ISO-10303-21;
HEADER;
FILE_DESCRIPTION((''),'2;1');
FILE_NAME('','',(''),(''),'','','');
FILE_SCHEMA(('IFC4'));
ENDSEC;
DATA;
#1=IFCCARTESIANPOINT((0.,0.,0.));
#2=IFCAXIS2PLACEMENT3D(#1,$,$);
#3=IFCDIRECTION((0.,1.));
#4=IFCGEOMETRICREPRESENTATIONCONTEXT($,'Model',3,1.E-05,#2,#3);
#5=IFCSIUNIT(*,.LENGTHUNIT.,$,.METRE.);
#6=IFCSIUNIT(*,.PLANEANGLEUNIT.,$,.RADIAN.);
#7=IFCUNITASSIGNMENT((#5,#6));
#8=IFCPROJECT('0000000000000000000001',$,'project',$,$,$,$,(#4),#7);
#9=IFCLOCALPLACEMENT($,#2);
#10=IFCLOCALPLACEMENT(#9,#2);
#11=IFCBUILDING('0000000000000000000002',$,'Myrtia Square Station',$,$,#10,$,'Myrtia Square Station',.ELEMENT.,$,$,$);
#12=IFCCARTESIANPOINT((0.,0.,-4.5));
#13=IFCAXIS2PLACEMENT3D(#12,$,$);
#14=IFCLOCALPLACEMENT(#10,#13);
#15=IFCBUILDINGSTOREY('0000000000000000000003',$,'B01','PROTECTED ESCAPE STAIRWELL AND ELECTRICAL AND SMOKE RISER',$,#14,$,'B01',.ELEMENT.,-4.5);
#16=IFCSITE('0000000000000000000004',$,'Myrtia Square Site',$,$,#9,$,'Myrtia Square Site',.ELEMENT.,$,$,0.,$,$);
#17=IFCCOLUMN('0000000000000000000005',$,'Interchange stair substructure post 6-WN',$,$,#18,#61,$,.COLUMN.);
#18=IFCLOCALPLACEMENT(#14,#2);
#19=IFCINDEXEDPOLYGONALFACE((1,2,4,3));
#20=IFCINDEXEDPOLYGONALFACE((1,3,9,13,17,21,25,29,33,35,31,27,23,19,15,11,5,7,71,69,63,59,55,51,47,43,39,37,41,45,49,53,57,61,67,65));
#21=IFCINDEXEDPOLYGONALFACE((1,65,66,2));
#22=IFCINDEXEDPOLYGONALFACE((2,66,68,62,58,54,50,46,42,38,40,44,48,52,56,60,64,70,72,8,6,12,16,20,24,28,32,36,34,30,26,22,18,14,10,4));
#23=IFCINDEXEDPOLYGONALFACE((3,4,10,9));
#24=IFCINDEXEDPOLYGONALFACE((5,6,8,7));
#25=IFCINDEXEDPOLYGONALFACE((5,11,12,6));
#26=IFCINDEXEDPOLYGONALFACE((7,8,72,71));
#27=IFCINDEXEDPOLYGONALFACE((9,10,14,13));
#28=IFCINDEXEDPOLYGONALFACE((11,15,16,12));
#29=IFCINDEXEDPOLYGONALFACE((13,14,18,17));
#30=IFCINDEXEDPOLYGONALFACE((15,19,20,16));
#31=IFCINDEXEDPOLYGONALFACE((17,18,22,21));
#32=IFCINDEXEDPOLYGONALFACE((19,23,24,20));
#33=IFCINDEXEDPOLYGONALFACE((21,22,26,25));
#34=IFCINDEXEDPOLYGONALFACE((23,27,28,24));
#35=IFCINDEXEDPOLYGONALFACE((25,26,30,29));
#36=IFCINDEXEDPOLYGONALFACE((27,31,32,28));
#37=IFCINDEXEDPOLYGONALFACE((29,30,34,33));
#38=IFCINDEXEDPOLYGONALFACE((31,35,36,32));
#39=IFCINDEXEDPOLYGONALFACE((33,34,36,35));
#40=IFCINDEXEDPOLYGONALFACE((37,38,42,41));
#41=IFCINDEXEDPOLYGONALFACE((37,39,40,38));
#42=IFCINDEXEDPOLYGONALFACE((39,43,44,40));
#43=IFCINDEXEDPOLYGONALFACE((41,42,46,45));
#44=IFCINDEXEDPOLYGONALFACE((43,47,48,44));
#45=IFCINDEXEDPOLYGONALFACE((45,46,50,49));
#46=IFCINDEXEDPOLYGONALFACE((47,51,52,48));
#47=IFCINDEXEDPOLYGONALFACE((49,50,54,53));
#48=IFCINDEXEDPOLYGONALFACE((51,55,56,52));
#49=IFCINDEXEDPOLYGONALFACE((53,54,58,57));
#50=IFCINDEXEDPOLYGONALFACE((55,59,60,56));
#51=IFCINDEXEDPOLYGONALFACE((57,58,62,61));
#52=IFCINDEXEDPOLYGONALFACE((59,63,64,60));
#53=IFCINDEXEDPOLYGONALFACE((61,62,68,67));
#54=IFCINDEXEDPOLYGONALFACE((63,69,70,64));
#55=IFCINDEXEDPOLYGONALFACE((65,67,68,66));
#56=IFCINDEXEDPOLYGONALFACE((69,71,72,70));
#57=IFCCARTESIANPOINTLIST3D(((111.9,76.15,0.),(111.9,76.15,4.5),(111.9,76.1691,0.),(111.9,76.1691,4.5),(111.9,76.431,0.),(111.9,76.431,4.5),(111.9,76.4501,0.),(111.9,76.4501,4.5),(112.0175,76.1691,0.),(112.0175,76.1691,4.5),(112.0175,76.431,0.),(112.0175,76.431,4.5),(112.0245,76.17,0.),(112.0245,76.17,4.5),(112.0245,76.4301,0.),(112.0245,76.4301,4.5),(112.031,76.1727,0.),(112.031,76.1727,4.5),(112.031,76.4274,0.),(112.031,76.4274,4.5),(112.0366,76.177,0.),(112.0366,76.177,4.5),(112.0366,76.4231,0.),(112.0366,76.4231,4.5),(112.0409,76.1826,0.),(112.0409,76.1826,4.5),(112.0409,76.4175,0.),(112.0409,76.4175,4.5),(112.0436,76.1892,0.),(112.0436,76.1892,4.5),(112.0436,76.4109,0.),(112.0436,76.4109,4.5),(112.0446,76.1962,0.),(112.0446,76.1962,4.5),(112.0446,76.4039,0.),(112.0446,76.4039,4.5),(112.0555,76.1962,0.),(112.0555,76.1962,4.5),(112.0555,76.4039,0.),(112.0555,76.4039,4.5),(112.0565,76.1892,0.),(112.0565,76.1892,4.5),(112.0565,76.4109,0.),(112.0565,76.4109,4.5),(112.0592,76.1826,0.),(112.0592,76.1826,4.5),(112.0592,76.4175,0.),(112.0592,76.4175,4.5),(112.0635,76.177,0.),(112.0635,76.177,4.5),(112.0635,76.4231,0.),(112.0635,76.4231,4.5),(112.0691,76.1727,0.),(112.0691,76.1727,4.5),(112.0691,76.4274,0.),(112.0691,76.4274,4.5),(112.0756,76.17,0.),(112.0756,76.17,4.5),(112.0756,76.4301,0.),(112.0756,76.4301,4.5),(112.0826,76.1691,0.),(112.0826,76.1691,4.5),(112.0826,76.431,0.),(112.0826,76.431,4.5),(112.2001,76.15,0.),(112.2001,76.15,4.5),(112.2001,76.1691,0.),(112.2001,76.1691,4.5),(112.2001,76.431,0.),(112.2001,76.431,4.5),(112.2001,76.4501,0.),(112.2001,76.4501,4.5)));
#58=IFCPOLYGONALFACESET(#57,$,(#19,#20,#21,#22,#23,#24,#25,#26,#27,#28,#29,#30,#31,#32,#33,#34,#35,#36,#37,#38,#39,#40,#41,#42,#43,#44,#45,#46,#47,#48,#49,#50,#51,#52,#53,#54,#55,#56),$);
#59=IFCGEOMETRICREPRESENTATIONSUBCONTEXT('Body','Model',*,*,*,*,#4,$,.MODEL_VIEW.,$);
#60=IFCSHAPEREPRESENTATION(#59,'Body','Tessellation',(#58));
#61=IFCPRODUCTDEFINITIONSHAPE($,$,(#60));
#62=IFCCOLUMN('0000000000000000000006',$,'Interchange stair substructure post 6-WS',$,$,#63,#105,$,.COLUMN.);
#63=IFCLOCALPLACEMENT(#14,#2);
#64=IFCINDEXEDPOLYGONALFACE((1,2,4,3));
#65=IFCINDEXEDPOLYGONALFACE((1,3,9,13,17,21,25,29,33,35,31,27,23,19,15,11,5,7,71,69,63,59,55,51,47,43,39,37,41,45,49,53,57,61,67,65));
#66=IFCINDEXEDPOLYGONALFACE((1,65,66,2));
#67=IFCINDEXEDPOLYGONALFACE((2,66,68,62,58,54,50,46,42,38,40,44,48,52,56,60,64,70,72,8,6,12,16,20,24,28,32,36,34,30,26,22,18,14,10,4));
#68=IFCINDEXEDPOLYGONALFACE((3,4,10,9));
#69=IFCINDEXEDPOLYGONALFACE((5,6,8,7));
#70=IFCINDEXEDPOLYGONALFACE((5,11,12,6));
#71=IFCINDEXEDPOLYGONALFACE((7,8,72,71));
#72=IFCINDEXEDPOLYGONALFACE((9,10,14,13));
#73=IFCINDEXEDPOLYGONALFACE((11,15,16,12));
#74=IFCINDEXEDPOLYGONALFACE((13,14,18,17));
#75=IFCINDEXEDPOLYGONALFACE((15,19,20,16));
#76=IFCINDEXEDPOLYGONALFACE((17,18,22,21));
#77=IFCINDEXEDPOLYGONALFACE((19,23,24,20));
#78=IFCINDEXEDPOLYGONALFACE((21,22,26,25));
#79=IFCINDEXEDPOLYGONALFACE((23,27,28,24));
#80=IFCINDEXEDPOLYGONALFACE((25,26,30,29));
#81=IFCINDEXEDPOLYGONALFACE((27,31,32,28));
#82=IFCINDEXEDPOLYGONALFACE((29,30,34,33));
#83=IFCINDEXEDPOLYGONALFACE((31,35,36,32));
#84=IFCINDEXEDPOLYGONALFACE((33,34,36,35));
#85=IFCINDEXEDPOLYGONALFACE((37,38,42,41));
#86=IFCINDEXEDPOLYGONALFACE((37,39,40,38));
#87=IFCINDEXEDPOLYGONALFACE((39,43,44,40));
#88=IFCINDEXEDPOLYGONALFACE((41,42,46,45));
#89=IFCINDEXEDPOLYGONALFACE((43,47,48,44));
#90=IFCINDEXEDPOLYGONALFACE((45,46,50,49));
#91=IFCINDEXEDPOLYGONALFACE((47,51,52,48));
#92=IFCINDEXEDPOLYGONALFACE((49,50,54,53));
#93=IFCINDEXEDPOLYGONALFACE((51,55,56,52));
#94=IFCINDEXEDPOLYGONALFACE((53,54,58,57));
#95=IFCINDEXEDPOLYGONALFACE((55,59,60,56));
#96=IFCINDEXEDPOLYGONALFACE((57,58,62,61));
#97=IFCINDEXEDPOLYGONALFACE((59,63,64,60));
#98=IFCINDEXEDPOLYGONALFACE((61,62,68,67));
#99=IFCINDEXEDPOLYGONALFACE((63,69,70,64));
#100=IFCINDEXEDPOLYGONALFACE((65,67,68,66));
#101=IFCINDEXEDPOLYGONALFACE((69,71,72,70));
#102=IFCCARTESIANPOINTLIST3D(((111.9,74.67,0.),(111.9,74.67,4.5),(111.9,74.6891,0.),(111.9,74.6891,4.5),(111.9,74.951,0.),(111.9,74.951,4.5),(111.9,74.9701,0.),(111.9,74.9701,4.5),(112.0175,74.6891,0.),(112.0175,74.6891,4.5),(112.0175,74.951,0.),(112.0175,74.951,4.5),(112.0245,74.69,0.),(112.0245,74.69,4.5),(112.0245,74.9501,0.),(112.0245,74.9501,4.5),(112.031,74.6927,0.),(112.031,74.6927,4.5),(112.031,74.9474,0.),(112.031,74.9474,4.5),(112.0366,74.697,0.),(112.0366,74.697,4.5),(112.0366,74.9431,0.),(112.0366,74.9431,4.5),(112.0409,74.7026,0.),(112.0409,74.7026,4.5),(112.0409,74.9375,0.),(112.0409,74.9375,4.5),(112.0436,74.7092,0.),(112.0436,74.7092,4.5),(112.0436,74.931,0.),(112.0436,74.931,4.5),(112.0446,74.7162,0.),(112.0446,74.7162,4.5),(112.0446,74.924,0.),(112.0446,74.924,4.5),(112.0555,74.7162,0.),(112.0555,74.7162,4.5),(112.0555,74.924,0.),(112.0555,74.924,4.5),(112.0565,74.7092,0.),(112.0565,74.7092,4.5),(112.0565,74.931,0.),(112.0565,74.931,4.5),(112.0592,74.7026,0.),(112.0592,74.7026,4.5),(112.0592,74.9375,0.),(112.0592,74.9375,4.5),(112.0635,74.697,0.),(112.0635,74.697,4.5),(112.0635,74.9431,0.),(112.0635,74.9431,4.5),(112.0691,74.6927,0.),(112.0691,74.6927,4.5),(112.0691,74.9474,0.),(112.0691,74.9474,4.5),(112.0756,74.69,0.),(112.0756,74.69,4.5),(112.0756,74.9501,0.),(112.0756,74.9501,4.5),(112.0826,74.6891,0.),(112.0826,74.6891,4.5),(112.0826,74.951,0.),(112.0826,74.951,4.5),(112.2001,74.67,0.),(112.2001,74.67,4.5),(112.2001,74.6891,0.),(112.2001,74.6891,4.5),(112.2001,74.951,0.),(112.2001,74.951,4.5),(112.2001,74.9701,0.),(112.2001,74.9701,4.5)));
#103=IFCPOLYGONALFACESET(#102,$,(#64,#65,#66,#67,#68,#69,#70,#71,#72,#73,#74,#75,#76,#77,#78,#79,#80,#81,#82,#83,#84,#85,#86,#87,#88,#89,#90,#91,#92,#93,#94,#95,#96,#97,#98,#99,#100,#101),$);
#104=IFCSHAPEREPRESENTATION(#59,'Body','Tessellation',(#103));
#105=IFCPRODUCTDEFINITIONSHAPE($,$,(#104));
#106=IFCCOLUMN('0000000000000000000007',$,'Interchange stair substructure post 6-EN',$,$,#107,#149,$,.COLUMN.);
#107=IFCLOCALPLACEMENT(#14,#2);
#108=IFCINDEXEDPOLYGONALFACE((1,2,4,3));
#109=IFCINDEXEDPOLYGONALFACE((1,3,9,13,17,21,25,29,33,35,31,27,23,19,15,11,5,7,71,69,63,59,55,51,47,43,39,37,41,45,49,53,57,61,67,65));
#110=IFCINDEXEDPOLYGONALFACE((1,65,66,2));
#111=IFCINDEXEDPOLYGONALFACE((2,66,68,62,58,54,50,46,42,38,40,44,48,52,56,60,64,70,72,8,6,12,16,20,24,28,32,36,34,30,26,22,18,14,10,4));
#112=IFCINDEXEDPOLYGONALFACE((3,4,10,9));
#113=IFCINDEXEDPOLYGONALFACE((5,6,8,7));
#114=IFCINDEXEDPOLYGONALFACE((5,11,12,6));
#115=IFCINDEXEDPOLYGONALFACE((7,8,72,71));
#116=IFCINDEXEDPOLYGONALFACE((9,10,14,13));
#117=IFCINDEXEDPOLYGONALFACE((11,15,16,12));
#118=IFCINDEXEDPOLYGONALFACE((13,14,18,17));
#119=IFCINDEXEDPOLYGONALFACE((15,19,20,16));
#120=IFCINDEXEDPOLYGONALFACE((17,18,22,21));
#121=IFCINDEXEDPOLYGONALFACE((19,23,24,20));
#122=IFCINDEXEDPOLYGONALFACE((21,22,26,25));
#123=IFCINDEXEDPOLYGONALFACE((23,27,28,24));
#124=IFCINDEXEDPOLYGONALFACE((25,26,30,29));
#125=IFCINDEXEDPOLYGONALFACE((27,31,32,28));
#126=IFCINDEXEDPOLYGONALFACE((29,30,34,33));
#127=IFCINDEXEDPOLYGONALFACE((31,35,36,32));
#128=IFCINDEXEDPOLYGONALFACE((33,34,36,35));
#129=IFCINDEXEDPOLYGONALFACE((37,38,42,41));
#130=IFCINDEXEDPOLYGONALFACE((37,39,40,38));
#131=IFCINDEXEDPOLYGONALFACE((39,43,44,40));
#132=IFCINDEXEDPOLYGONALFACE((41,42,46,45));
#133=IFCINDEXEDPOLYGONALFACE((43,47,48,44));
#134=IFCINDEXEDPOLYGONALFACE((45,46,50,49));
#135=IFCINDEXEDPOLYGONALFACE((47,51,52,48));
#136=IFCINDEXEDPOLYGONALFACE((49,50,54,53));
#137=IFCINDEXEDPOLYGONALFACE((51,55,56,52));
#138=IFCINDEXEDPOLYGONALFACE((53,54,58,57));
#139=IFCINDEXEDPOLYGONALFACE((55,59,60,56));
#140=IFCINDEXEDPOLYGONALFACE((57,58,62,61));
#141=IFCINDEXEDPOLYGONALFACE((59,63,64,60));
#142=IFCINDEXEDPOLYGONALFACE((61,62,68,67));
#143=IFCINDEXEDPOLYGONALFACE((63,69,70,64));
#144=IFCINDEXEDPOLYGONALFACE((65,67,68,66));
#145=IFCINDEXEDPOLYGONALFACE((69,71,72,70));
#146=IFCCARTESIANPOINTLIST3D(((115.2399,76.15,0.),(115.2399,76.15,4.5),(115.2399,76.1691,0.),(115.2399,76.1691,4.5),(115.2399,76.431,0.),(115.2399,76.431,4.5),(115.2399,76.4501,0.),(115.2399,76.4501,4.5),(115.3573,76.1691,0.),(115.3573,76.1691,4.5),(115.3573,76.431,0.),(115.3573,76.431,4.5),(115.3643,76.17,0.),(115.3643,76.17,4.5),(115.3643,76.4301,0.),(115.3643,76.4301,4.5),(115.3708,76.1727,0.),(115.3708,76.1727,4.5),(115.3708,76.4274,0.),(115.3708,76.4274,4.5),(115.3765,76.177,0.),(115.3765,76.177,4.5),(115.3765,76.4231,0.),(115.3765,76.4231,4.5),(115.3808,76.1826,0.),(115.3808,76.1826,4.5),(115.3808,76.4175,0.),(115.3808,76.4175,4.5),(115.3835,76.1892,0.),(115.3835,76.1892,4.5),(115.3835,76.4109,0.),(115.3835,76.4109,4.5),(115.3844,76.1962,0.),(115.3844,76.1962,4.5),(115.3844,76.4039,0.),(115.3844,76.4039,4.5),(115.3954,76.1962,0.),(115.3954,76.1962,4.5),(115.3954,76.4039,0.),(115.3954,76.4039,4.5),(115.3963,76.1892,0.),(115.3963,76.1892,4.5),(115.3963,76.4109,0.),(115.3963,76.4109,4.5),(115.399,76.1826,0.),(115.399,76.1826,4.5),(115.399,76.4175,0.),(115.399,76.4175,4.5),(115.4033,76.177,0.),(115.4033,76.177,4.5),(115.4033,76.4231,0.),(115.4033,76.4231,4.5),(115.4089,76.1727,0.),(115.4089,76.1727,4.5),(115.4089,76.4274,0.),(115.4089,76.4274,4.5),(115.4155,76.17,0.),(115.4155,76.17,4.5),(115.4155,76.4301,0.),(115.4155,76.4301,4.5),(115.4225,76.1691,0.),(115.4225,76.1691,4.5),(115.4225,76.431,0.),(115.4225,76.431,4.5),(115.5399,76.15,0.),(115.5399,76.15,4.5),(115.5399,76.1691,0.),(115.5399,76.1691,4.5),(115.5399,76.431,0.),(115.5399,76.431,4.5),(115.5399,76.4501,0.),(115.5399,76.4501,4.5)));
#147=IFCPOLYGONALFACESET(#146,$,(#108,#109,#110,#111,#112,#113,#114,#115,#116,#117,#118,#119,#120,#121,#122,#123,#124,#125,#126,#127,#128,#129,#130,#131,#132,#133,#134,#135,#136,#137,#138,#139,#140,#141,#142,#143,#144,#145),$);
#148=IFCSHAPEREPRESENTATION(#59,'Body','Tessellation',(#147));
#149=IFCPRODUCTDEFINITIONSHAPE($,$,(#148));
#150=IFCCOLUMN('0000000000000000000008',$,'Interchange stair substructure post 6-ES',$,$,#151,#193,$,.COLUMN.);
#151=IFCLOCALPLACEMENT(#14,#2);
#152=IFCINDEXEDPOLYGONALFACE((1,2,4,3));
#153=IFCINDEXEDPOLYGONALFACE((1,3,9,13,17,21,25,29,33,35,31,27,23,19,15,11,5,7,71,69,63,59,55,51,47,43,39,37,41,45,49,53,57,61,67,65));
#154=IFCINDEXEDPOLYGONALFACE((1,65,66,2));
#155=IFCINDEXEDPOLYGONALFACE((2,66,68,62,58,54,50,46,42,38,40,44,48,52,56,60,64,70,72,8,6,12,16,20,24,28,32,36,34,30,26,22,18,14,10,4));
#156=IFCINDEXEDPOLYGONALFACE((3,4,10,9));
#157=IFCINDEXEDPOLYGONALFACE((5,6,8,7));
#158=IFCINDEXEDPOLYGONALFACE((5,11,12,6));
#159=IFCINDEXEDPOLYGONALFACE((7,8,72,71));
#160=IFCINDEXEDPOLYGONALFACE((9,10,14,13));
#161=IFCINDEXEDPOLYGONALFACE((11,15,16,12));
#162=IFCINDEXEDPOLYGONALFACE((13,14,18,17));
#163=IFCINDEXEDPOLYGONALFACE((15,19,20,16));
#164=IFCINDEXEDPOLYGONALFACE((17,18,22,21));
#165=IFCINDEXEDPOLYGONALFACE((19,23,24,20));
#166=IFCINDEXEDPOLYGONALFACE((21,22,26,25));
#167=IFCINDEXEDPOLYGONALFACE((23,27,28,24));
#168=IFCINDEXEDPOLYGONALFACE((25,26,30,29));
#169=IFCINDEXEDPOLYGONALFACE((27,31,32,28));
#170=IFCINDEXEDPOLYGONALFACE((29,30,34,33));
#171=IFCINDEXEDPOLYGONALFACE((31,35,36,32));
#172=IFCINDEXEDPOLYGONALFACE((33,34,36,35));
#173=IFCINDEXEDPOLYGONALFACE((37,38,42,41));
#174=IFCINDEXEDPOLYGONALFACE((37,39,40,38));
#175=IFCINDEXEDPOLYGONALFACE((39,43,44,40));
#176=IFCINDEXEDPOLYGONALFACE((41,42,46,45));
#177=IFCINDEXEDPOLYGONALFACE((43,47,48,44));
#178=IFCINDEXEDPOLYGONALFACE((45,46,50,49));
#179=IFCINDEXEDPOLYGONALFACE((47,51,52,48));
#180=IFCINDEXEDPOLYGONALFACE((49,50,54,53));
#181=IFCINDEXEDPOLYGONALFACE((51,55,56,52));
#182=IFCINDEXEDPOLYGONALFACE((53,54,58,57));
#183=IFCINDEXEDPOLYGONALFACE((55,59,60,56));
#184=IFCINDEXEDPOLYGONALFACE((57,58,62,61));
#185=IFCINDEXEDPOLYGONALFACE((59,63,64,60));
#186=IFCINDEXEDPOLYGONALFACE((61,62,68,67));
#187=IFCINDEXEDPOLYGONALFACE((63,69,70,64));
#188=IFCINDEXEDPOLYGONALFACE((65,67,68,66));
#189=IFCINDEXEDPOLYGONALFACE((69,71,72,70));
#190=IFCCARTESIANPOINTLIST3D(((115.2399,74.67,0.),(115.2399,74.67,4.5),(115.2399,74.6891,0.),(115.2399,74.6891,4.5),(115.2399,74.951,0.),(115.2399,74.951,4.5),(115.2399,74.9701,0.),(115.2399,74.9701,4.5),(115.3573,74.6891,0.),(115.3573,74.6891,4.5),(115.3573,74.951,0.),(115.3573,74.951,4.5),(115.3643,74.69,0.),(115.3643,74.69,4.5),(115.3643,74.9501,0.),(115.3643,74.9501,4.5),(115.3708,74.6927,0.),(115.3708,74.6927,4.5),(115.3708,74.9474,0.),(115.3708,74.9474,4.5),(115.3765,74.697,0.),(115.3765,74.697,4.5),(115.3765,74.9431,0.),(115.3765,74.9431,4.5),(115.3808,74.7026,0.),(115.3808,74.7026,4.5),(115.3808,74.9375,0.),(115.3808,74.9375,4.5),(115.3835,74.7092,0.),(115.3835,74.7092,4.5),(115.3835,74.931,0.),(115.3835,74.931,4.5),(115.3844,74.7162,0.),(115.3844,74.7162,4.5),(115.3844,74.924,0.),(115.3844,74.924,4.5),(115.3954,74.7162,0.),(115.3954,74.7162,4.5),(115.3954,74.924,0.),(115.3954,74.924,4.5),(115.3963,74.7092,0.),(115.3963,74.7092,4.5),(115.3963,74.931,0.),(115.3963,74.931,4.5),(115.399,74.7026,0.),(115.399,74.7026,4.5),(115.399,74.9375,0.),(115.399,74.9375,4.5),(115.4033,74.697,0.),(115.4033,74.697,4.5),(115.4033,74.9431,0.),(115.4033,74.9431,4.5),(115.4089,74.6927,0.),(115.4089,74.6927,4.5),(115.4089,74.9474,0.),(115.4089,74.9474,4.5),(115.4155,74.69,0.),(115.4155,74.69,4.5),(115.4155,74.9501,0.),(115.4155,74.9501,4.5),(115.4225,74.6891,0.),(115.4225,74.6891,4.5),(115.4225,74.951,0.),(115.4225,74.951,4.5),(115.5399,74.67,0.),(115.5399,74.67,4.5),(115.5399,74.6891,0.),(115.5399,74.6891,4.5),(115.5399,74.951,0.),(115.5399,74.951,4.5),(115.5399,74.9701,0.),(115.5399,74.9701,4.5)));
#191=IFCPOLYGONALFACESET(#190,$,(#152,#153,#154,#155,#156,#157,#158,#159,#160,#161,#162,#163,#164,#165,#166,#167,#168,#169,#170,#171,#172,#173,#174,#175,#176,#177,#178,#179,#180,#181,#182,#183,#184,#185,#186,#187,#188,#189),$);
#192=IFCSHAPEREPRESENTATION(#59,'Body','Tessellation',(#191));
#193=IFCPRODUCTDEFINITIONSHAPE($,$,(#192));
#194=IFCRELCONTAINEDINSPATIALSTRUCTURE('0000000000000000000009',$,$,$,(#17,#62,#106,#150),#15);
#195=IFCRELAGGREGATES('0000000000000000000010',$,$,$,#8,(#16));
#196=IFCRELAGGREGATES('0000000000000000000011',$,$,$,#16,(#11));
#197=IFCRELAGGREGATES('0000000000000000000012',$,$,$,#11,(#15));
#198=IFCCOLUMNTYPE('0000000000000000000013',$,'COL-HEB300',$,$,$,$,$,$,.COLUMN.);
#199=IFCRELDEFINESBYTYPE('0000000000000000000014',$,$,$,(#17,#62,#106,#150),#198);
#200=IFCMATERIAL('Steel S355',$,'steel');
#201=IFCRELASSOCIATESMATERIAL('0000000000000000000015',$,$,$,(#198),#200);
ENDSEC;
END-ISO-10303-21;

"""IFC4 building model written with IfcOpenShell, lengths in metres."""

from ifc_helpers import new_model, si_unit, direction, frame, origin, origin_2d, place, context, subcontext, project, spatial, i_section, extrude, material, material_profile, profile_set, type_object, element, save


model = new_model("IFC4")

# Units and contexts
model_context = context("Model", 3, precision=1e-05, world=origin(), true_north=direction((0.0, 1.0)))
body_context = subcontext(model_context, "Body", "Model", "MODEL_VIEW")
ifc_project = project(units=[si_unit("LENGTHUNIT", "METRE"), si_unit("PLANEANGLEUNIT", "RADIAN")], contexts=[model_context])

# Site, building, storey
site_placement = place(None, origin())
site = spatial("IfcSite", under=ifc_project, at=site_placement, Name="Myrtia Square Site", LongName="Myrtia Square Site", CompositionType="ELEMENT", RefElevation=0.0)
building_placement = place(site_placement, origin())
building = spatial("IfcBuilding", under=site, at=building_placement, Name="Myrtia Square Station", LongName="Myrtia Square Station", CompositionType="ELEMENT")
storey_placement = place(building_placement, frame((0.0, 0.0, -4.5)))
storey = spatial("IfcBuildingStorey", under=building, at=storey_placement, Name="B01", Description="PROTECTED ESCAPE STAIRWELL AND ELECTRICAL AND SMOKE RISER", LongName="B01", CompositionType="ELEMENT", Elevation=-4.5)

# Columns
ifc_material_1 = material(Name="Steel S355", Category="steel")
ifc_material_profile_1 = material_profile(ifc_material_1, i_section(OverallWidth=0.3, OverallDepth=0.3, WebThickness=0.011, FlangeThickness=0.019, FilletRadius=0.0271, at=origin_2d()), Name="HEB 300")
ifc_profile_set_1 = profile_set([ifc_material_profile_1], Name="Steel S355")
column_type_1 = type_object("IfcColumnType", Name="COL-HEB300", PredefinedType="COLUMN", material=ifc_profile_set_1)
for number, where, z_axis, x_axis, name in (
    (1, (112.05, 76.3, 0.0), (0.0, 0.0, 1.0), (1.0, 0.0, 0.0), "Interchange stair substructure post 6-WN"),
    (2, (112.05, 74.8201, 0.0), (0.0, 0.0, 1.0), (1.0, 0.0, 0.0), "Interchange stair substructure post 6-WS"),
    (3, (115.3899, 76.3, 0.0), (0.0, 0.0, 1.0), (1.0, 0.0, 0.0), "Interchange stair substructure post 6-EN"),
    (4, (115.3899, 74.8201, 0.0), (0.0, 0.0, 1.0), (1.0, 0.0, 0.0), "Interchange stair substructure post 6-ES"),
):
    element("IfcColumn", number, at=place(storey_placement, frame(where, z_axis=z_axis, x_axis=x_axis)), inside=storey, type_object=column_type_1, Name=name, PredefinedType="COLUMN", context=body_context, shape_type="SweptSolid", body=[
        extrude(i_section(OverallWidth=0.3, OverallDepth=0.3, WebThickness=0.011, FlangeThickness=0.019, FilletRadius=0.0271, at=origin_2d()), origin(), (0.0, 0.0, 1.0), 4.5),
    ])

save(model, "model.ifc")
